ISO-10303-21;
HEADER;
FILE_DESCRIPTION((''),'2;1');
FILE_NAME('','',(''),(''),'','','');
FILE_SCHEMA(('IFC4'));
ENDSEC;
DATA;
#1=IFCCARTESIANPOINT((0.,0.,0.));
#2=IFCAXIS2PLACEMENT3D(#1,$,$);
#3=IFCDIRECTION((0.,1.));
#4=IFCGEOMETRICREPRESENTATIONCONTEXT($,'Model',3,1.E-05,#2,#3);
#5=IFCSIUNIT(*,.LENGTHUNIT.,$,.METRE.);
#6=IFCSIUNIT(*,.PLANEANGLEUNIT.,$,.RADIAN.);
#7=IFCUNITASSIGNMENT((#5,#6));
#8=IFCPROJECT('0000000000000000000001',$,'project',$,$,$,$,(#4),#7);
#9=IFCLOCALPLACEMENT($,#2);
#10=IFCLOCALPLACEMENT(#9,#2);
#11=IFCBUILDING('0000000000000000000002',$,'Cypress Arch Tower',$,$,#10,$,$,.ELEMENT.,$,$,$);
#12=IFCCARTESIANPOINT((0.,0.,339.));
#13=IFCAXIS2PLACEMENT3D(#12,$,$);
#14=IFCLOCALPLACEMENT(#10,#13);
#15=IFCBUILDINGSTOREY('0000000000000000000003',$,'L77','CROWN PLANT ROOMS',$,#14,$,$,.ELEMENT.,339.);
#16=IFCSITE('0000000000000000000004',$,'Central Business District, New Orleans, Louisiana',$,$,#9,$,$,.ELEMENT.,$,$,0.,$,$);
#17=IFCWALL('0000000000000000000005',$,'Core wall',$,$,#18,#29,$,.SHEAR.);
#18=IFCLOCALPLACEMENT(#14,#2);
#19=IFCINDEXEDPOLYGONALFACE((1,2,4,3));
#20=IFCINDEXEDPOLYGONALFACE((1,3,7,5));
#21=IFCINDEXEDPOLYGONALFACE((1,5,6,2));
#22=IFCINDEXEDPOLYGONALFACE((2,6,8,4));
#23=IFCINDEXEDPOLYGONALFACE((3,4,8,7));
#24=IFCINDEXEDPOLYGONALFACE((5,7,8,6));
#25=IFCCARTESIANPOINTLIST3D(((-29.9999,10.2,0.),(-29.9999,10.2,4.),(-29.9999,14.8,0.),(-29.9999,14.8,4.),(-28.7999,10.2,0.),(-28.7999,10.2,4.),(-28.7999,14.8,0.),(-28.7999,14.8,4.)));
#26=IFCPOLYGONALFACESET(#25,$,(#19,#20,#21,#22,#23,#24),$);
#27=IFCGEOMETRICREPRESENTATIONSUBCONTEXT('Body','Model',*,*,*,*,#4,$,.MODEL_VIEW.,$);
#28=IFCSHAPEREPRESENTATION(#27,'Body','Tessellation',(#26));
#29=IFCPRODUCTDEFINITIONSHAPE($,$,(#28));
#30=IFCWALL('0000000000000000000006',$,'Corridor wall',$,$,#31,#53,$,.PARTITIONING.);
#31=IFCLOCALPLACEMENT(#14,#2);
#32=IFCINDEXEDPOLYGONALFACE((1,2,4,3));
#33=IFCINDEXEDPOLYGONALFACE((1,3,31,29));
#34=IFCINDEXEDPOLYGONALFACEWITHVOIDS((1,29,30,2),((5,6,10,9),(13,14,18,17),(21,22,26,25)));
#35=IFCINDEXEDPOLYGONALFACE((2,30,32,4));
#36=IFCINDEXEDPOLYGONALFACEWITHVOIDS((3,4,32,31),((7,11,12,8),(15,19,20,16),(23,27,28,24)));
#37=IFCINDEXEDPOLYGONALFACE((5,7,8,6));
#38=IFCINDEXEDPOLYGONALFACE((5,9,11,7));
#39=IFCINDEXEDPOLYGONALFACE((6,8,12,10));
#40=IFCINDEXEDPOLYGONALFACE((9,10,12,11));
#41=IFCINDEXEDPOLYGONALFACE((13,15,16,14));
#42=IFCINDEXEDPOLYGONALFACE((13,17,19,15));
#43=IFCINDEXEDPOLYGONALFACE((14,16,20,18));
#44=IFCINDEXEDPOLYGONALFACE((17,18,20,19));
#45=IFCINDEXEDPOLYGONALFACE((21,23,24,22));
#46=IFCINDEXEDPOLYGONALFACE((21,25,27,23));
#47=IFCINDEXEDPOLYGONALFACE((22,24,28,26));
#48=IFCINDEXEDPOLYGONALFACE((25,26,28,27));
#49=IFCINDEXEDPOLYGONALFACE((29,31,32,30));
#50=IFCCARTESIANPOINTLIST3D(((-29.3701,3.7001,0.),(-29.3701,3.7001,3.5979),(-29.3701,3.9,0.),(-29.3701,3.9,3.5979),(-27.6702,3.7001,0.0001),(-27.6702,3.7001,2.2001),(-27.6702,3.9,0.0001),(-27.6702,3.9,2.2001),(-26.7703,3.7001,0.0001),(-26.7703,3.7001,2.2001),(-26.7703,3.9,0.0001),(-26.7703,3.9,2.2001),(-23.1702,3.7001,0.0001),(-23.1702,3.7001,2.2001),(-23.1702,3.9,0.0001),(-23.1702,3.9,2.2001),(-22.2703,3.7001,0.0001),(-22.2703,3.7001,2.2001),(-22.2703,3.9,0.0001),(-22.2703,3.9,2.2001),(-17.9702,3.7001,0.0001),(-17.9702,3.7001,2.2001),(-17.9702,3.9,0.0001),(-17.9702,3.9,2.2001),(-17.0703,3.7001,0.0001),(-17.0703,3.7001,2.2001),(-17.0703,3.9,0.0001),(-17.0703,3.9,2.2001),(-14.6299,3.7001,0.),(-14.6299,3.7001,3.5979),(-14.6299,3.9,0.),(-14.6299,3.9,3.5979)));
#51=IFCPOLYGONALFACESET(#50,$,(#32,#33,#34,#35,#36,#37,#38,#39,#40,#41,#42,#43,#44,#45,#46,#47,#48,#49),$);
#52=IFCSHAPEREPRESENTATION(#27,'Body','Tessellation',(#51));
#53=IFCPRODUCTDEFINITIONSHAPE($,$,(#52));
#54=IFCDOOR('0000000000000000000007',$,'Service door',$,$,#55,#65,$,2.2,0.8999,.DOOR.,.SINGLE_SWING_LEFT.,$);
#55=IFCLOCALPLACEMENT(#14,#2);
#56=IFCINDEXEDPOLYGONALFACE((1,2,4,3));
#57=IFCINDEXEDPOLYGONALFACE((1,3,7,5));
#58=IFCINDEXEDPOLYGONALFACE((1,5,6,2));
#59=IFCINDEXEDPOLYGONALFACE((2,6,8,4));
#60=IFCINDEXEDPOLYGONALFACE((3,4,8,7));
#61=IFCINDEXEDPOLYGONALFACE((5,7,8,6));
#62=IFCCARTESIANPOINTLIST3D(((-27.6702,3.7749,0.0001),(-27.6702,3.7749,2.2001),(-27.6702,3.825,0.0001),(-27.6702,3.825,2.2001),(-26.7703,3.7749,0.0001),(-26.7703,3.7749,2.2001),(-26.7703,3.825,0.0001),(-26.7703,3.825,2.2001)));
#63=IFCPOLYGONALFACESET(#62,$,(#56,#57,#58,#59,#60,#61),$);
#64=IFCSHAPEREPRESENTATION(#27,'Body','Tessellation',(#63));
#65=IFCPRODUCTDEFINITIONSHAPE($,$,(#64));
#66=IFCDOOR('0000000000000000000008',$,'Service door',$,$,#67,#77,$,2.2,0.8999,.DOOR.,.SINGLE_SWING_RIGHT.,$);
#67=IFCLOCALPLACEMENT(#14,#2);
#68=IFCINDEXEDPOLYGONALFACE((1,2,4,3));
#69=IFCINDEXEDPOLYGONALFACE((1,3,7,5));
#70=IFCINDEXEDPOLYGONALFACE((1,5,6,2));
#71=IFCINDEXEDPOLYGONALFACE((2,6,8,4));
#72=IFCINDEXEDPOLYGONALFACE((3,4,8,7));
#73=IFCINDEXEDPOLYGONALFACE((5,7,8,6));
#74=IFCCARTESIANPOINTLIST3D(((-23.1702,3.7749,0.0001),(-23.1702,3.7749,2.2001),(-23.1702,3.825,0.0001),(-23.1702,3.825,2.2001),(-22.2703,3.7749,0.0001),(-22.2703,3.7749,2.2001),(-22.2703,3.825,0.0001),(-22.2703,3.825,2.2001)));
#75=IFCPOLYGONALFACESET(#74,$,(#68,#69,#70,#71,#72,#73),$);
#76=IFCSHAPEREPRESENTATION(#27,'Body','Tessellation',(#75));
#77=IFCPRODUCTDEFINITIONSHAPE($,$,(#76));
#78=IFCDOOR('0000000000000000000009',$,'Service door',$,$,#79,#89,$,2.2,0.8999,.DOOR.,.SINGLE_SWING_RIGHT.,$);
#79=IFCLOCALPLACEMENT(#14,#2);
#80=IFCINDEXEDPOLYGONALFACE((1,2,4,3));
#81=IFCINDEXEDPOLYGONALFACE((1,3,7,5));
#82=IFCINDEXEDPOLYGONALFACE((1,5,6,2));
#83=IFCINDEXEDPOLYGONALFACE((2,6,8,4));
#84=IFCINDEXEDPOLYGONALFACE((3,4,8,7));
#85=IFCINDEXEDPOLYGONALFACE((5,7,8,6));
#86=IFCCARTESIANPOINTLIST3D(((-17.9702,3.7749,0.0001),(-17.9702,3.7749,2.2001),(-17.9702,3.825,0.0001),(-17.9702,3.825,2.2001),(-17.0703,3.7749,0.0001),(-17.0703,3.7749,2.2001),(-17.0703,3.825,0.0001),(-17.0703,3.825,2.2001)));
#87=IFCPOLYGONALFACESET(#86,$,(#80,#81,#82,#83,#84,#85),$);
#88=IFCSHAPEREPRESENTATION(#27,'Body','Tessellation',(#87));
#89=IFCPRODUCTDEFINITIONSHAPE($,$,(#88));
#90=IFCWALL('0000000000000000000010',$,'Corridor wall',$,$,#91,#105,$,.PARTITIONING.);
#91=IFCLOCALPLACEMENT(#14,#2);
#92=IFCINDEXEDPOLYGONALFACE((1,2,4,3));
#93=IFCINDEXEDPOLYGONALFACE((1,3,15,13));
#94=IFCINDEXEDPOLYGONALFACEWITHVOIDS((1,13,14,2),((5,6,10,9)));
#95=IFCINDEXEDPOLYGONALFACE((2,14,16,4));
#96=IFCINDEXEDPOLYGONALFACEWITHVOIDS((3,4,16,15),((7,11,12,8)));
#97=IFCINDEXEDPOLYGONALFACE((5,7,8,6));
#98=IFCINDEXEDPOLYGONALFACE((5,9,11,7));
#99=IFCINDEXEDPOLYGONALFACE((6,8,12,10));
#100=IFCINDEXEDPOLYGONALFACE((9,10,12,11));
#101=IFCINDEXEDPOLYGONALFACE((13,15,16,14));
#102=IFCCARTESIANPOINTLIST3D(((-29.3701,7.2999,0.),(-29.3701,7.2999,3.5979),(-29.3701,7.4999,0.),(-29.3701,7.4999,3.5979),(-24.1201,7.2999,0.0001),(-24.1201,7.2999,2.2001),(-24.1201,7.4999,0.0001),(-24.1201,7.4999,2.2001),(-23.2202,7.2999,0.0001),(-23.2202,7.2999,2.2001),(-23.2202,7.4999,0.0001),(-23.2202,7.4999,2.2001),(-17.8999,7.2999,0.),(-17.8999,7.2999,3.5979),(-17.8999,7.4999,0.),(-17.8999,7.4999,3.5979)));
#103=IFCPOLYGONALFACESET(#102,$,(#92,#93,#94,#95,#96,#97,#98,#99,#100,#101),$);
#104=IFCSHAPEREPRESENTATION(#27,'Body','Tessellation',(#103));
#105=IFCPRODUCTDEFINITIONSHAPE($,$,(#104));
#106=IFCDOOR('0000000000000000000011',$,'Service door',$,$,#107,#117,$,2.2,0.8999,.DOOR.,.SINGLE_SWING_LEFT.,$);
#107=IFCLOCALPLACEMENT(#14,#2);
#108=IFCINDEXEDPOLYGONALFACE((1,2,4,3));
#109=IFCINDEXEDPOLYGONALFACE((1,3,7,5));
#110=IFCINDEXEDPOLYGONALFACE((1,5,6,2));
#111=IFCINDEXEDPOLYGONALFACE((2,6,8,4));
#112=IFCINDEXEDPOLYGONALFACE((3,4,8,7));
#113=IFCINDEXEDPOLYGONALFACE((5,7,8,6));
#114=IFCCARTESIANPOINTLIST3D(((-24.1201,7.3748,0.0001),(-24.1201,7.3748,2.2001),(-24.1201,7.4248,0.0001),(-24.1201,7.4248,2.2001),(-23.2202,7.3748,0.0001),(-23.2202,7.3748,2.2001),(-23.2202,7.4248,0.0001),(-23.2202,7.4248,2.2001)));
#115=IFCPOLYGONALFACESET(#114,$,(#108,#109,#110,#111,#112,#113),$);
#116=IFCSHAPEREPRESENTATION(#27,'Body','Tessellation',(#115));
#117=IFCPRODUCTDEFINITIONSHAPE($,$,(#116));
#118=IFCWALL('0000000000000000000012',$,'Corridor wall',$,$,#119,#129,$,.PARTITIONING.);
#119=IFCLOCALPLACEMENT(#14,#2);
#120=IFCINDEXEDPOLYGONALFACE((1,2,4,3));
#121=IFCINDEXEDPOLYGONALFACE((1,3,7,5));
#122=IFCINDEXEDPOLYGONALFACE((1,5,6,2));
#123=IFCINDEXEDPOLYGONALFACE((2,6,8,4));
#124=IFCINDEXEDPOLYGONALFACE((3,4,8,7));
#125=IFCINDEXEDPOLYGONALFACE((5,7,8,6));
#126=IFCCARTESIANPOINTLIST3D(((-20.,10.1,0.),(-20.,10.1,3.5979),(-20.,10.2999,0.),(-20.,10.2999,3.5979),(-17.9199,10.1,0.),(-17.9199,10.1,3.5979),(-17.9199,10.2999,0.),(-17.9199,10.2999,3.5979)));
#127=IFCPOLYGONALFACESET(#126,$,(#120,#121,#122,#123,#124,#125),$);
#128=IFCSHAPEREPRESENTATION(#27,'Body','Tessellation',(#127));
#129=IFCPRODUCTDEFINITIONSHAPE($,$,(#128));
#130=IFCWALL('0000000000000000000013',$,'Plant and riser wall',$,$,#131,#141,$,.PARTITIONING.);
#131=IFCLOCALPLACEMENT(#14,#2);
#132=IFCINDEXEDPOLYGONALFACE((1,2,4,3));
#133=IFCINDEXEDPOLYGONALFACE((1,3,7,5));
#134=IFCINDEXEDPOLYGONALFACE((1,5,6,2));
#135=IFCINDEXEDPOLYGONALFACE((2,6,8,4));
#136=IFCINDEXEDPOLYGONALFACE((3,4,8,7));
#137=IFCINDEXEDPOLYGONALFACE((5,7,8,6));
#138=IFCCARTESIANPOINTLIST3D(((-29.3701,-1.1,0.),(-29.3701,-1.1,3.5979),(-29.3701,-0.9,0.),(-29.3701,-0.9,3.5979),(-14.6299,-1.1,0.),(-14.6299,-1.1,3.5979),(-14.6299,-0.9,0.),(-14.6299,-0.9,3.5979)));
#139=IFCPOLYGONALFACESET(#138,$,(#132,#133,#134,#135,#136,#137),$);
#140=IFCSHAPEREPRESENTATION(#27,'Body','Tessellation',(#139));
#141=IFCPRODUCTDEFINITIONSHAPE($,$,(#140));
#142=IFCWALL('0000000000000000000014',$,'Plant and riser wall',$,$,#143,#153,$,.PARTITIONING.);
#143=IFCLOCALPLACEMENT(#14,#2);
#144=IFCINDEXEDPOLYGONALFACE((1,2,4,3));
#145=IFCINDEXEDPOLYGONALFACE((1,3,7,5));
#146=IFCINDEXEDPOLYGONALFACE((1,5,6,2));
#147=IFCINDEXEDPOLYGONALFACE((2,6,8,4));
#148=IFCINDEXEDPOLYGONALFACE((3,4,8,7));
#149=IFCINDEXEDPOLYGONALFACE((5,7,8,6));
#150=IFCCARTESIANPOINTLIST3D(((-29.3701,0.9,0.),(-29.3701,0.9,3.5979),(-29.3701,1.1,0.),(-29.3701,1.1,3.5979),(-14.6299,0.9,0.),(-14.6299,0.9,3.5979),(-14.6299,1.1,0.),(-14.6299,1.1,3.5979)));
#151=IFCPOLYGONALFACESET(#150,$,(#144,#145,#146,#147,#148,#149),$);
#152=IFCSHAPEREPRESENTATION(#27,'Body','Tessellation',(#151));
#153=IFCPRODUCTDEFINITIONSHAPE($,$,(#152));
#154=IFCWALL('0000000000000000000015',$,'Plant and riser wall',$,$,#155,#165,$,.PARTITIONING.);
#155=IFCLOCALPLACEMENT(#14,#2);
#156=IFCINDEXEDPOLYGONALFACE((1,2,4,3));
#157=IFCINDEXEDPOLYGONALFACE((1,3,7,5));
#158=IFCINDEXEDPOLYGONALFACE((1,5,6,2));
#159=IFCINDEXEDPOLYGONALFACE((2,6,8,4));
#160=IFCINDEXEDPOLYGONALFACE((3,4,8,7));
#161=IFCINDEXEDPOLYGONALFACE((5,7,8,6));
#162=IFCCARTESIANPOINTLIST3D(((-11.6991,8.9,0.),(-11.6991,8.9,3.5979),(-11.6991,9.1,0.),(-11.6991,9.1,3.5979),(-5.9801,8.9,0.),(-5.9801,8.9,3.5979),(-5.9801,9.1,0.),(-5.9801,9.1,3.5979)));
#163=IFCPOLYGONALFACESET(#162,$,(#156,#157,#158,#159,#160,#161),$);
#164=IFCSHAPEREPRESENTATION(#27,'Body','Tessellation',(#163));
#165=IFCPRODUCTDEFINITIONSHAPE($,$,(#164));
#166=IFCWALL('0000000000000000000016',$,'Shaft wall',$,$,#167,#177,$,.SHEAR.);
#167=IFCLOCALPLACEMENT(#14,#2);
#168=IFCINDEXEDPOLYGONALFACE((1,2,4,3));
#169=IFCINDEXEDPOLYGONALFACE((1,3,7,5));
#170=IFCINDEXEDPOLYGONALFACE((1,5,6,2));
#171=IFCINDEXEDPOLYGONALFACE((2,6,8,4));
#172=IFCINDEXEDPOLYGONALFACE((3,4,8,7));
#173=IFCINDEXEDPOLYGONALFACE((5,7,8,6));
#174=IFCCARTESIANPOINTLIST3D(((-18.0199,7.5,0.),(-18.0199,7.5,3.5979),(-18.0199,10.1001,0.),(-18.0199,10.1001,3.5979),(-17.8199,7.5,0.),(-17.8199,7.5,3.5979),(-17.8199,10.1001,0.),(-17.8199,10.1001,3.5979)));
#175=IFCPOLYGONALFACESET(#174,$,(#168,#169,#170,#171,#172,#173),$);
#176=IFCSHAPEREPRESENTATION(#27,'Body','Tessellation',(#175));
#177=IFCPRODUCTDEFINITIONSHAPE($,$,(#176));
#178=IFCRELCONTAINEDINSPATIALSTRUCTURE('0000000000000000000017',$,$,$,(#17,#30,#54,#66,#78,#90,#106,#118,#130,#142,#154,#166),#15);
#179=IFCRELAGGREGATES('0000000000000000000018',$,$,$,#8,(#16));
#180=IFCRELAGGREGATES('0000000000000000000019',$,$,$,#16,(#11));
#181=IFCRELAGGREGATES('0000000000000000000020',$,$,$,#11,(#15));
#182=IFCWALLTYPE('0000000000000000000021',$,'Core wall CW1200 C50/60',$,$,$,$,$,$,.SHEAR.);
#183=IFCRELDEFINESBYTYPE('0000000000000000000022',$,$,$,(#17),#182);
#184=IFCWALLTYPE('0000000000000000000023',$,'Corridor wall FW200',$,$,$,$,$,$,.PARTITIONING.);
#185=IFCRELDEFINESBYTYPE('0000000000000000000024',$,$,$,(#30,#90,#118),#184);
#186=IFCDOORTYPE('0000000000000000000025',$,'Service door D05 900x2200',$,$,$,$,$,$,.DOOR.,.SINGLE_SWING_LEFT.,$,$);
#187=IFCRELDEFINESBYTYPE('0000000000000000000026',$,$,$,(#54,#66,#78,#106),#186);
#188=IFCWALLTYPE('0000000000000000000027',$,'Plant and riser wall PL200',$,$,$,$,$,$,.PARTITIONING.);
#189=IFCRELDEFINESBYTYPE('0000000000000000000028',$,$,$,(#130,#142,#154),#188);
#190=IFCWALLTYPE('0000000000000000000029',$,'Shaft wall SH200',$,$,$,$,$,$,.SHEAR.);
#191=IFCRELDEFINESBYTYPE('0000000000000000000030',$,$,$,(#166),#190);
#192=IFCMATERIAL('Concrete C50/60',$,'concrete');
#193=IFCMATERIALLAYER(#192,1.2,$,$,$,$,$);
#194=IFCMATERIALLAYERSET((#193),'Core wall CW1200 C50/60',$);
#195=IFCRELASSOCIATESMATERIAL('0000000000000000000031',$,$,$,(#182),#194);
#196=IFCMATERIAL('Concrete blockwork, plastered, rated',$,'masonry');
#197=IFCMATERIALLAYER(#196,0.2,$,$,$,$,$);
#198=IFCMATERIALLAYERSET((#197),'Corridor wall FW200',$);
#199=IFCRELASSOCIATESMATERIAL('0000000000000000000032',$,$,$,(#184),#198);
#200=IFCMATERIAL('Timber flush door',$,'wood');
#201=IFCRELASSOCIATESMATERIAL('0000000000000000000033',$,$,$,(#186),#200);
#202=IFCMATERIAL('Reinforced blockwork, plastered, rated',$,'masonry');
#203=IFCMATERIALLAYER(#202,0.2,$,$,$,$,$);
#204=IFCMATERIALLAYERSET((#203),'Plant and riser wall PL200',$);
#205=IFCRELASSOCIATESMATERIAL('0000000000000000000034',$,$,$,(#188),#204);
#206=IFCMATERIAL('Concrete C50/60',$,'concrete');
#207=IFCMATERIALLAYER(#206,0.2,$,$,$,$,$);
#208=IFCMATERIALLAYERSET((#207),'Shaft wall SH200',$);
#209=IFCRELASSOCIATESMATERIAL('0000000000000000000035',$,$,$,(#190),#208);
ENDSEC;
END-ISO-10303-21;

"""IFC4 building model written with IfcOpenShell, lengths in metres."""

from ifc_helpers import new_model, si_unit, direction, frame, frame_2d, origin, place, context, subcontext, project, spatial, rectangle, extrude, material, layer, layer_set, type_object, element, fill, save


model = new_model("IFC4")

# Units and contexts
model_context = context("Model", 3, precision=1e-05, world=origin(), true_north=direction((0.0, 1.0)))
body_context = subcontext(model_context, "Body", "Model", "MODEL_VIEW")
ifc_project = project(units=[si_unit("LENGTHUNIT", "METRE"), si_unit("PLANEANGLEUNIT", "RADIAN")], contexts=[model_context])

# Site, building, storey
site_placement = place(None, origin())
site = spatial("IfcSite", under=ifc_project, at=site_placement, Name="Central Business District, New Orleans, Louisiana", CompositionType="ELEMENT", RefElevation=0.0)
building_placement = place(site_placement, origin())
building = spatial("IfcBuilding", under=site, at=building_placement, Name="Cypress Arch Tower", CompositionType="ELEMENT")
storey_placement = place(building_placement, frame((0.0, 0.0, 339.0)))
storey = spatial("IfcBuildingStorey", under=building, at=storey_placement, Name="L77", Description="CROWN PLANT ROOMS", CompositionType="ELEMENT", Elevation=339.0)

# Wall
ifc_material_1 = material(Name="Concrete C50/60", Category="concrete")
ifc_layer_1 = layer(ifc_material_1, 1.2)
ifc_layer_set_1 = layer_set([ifc_layer_1], Name="Core wall CW1200 C50/60")
wall_type_1 = type_object("IfcWallType", Name="Core wall CW1200 C50/60", PredefinedType="SHEAR", material=ifc_layer_set_1)
wall_1_placement = place(storey_placement, frame((-29.3999, 10.2, 0.0), z_axis=(0.0, 0.0, 1.0), x_axis=(0.0, 1.0, 0.0)))
element("IfcWall", 1, at=wall_1_placement, inside=storey, type_object=wall_type_1, Name="Core wall", PredefinedType="SHEAR", context=body_context, shape_type="SweptSolid", body=[
    extrude(rectangle(XDim=4.6001, YDim=1.2, at=frame_2d((2.3, 0.0))), origin(), (0.0, 0.0, 1.0), 4.0),
])

# Wall, openings, doors
ifc_material_2 = material(Name="Concrete blockwork, plastered, rated", Category="masonry")
ifc_layer_2 = layer(ifc_material_2, 0.2)
ifc_layer_set_2 = layer_set([ifc_layer_2], Name="Corridor wall FW200")
wall_type_2 = type_object("IfcWallType", Name="Corridor wall FW200", PredefinedType="PARTITIONING", material=ifc_layer_set_2)
wall_2_placement = place(storey_placement, frame((-29.3701, 3.8, 0.0), z_axis=(0.0, 0.0, 1.0), x_axis=(1.0, 0.0, 0.0)))
wall_2 = element("IfcWall", 2, at=wall_2_placement, inside=storey, type_object=wall_type_2, Name="Corridor wall", PredefinedType="PARTITIONING", context=body_context, shape_type="SweptSolid", body=[
    extrude(rectangle(XDim=14.7402, YDim=0.2, at=frame_2d((7.3701, 0.0))), origin(), (0.0, 0.0, 1.0), 3.5979),
])
opening_1_placement = place(wall_2_placement, frame((1.7, 0.0, 0.0)))
opening_1 = element("IfcOpeningElement", 3, at=opening_1_placement, cuts=wall_2, PredefinedType="OPENING", context=body_context, shape_type="SweptSolid", body=[
    extrude(rectangle(XDim=0.8999, YDim=2.2, at=frame_2d((0.45, 1.1001))), frame((0.0, 0.1099, 0.0), z_axis=(0.0, -1.0, 0.0), x_axis=(1.0, 0.0, 0.0)), (0.0, 0.0, 1.0), 0.22),
])
opening_2_placement = place(wall_2_placement, frame((6.2, 0.0, 0.0)))
opening_2 = element("IfcOpeningElement", 4, at=opening_2_placement, cuts=wall_2, PredefinedType="OPENING", context=body_context, shape_type="SweptSolid", body=[
    extrude(rectangle(XDim=0.8999, YDim=2.2, at=frame_2d((0.45, 1.1001))), frame((0.0, 0.1099, 0.0), z_axis=(0.0, -1.0, 0.0), x_axis=(1.0, 0.0, 0.0)), (0.0, 0.0, 1.0), 0.22),
])
opening_3_placement = place(wall_2_placement, frame((11.3999, 0.0, 0.0)))
opening_3 = element("IfcOpeningElement", 5, at=opening_3_placement, cuts=wall_2, PredefinedType="OPENING", context=body_context, shape_type="SweptSolid", body=[
    extrude(rectangle(XDim=0.8999, YDim=2.2, at=frame_2d((0.45, 1.1001))), frame((0.0, 0.1099, 0.0), z_axis=(0.0, -1.0, 0.0), x_axis=(1.0, 0.0, 0.0)), (0.0, 0.0, 1.0), 0.22),
])
ifc_material_3 = material(Name="Timber flush door", Category="wood")
door_type_1 = type_object("IfcDoorType", Name="Service door D05 900x2200", OperationType="SINGLE_SWING_LEFT", PredefinedType="DOOR", material=ifc_material_3)
door_1_placement = place(opening_1_placement, origin())
door_1 = element("IfcDoor", 6, at=door_1_placement, inside=storey, type_object=door_type_1, Name="Service door", OperationType="SINGLE_SWING_LEFT", OverallHeight=2.2, OverallWidth=0.8999, PredefinedType="DOOR", context=body_context, shape_type="SweptSolid", body=[
    extrude(rectangle(XDim=0.8999, YDim=2.2, at=frame_2d((0.45, 1.1001))), frame((0.0, 0.0249, 0.0), z_axis=(0.0, -1.0, 0.0), x_axis=(1.0, 0.0, 0.0)), (0.0, 0.0, 1.0), 0.05),
])
fill(opening_1, door_1)
door_2_placement = place(opening_2_placement, origin())
door_2 = element("IfcDoor", 7, at=door_2_placement, inside=storey, type_object=door_type_1, Name="Service door", OperationType="SINGLE_SWING_RIGHT", OverallHeight=2.2, OverallWidth=0.8999, PredefinedType="DOOR", context=body_context, shape_type="SweptSolid", body=[
    extrude(rectangle(XDim=0.8999, YDim=2.2, at=frame_2d((0.45, 1.1001))), frame((0.0, 0.0249, 0.0), z_axis=(0.0, -1.0, 0.0), x_axis=(1.0, 0.0, 0.0)), (0.0, 0.0, 1.0), 0.05),
])
fill(opening_2, door_2)
door_3_placement = place(opening_3_placement, origin())
door_3 = element("IfcDoor", 8, at=door_3_placement, inside=storey, type_object=door_type_1, Name="Service door", OperationType="SINGLE_SWING_RIGHT", OverallHeight=2.2, OverallWidth=0.8999, PredefinedType="DOOR", context=body_context, shape_type="SweptSolid", body=[
    extrude(rectangle(XDim=0.8999, YDim=2.2, at=frame_2d((0.45, 1.1001))), frame((0.0, 0.0249, 0.0), z_axis=(0.0, -1.0, 0.0), x_axis=(1.0, 0.0, 0.0)), (0.0, 0.0, 1.0), 0.05),
])
fill(opening_3, door_3)

# Wall, opening, door
wall_3_placement = place(storey_placement, frame((-29.3701, 7.3999, 0.0), z_axis=(0.0, 0.0, 1.0), x_axis=(1.0, 0.0, 0.0)))
wall_3 = element("IfcWall", 9, at=wall_3_placement, inside=storey, type_object=wall_type_2, Name="Corridor wall", PredefinedType="PARTITIONING", context=body_context, shape_type="SweptSolid", body=[
    extrude(rectangle(XDim=11.4702, YDim=0.2, at=frame_2d((5.7351, 0.0))), origin(), (0.0, 0.0, 1.0), 3.5979),
])
opening_4_placement = place(wall_3_placement, frame((5.25, 0.0, 0.0)))
opening_4 = element("IfcOpeningElement", 10, at=opening_4_placement, cuts=wall_3, PredefinedType="OPENING", context=body_context, shape_type="SweptSolid", body=[
    extrude(rectangle(XDim=0.8999, YDim=2.2, at=frame_2d((0.45, 1.1001))), frame((0.0, 0.1099, 0.0), z_axis=(0.0, -1.0, 0.0), x_axis=(1.0, 0.0, 0.0)), (0.0, 0.0, 1.0), 0.22),
])
door_4_placement = place(opening_4_placement, origin())
door_4 = element("IfcDoor", 11, at=door_4_placement, inside=storey, type_object=door_type_1, Name="Service door", OperationType="SINGLE_SWING_LEFT", OverallHeight=2.2, OverallWidth=0.8999, PredefinedType="DOOR", context=body_context, shape_type="SweptSolid", body=[
    extrude(rectangle(XDim=0.8999, YDim=2.2, at=frame_2d((0.45, 1.1001))), frame((0.0, 0.0249, 0.0), z_axis=(0.0, -1.0, 0.0), x_axis=(1.0, 0.0, 0.0)), (0.0, 0.0, 1.0), 0.05),
])
fill(opening_4, door_4)

# Walls
wall_4_placement = place(storey_placement, frame((-20.0, 10.2, 0.0), z_axis=(0.0, 0.0, 1.0), x_axis=(1.0, 0.0, 0.0)))
element("IfcWall", 12, at=wall_4_placement, inside=storey, type_object=wall_type_2, Name="Corridor wall", PredefinedType="PARTITIONING", context=body_context, shape_type="SweptSolid", body=[
    extrude(rectangle(XDim=2.0801, YDim=0.2, at=frame_2d((1.04, 0.0))), origin(), (0.0, 0.0, 1.0), 3.5979),
])
ifc_material_4 = material(Name="Reinforced blockwork, plastered, rated", Category="masonry")
ifc_layer_3 = layer(ifc_material_4, 0.2)
ifc_layer_set_3 = layer_set([ifc_layer_3], Name="Plant and riser wall PL200")
wall_type_3 = type_object("IfcWallType", Name="Plant and riser wall PL200", PredefinedType="PARTITIONING", material=ifc_layer_set_3)
for number, where, z_axis, x_axis, name in (
    (13, (-29.3701, -1.0, 0.0), (0.0, 0.0, 1.0), (1.0, 0.0, 0.0), "Plant and riser wall"),
    (14, (-29.3701, 1.0, 0.0), (0.0, 0.0, 1.0), (1.0, 0.0, 0.0), "Plant and riser wall"),
):
    element("IfcWall", number, at=place(storey_placement, frame(where, z_axis=z_axis, x_axis=x_axis)), inside=storey, type_object=wall_type_3, Name=name, PredefinedType="PARTITIONING", context=body_context, shape_type="SweptSolid", body=[
        extrude(rectangle(XDim=14.7402, YDim=0.2, at=frame_2d((7.3701, 0.0))), origin(), (0.0, 0.0, 1.0), 3.5979),
    ])
wall_5_placement = place(storey_placement, frame((-11.699, 9.0, 0.0), z_axis=(0.0, 0.0, 1.0), x_axis=(1.0, 0.0, 0.0)))
element("IfcWall", 15, at=wall_5_placement, inside=storey, type_object=wall_type_3, Name="Plant and riser wall", PredefinedType="PARTITIONING", context=body_context, shape_type="SweptSolid", body=[
    extrude(rectangle(XDim=5.719, YDim=0.2, at=frame_2d((2.8594, 0.0))), origin(), (0.0, 0.0, 1.0), 3.5979),
])
ifc_material_5 = material(Name="Concrete C50/60", Category="concrete")
ifc_layer_4 = layer(ifc_material_5, 0.2)
ifc_layer_set_4 = layer_set([ifc_layer_4], Name="Shaft wall SH200")
wall_type_4 = type_object("IfcWallType", Name="Shaft wall SH200", PredefinedType="SHEAR", material=ifc_layer_set_4)
wall_6_placement = place(storey_placement, frame((-17.9199, 7.5, 0.0), z_axis=(0.0, 0.0, 1.0), x_axis=(0.0, 1.0, 0.0)))
element("IfcWall", 16, at=wall_6_placement, inside=storey, type_object=wall_type_4, Name="Shaft wall", PredefinedType="SHEAR", context=body_context, shape_type="SweptSolid", body=[
    extrude(rectangle(XDim=2.6001, YDim=0.2, at=frame_2d((1.3, 0.0))), origin(), (0.0, 0.0, 1.0), 3.5979),
])

save(model, "model.ifc")
